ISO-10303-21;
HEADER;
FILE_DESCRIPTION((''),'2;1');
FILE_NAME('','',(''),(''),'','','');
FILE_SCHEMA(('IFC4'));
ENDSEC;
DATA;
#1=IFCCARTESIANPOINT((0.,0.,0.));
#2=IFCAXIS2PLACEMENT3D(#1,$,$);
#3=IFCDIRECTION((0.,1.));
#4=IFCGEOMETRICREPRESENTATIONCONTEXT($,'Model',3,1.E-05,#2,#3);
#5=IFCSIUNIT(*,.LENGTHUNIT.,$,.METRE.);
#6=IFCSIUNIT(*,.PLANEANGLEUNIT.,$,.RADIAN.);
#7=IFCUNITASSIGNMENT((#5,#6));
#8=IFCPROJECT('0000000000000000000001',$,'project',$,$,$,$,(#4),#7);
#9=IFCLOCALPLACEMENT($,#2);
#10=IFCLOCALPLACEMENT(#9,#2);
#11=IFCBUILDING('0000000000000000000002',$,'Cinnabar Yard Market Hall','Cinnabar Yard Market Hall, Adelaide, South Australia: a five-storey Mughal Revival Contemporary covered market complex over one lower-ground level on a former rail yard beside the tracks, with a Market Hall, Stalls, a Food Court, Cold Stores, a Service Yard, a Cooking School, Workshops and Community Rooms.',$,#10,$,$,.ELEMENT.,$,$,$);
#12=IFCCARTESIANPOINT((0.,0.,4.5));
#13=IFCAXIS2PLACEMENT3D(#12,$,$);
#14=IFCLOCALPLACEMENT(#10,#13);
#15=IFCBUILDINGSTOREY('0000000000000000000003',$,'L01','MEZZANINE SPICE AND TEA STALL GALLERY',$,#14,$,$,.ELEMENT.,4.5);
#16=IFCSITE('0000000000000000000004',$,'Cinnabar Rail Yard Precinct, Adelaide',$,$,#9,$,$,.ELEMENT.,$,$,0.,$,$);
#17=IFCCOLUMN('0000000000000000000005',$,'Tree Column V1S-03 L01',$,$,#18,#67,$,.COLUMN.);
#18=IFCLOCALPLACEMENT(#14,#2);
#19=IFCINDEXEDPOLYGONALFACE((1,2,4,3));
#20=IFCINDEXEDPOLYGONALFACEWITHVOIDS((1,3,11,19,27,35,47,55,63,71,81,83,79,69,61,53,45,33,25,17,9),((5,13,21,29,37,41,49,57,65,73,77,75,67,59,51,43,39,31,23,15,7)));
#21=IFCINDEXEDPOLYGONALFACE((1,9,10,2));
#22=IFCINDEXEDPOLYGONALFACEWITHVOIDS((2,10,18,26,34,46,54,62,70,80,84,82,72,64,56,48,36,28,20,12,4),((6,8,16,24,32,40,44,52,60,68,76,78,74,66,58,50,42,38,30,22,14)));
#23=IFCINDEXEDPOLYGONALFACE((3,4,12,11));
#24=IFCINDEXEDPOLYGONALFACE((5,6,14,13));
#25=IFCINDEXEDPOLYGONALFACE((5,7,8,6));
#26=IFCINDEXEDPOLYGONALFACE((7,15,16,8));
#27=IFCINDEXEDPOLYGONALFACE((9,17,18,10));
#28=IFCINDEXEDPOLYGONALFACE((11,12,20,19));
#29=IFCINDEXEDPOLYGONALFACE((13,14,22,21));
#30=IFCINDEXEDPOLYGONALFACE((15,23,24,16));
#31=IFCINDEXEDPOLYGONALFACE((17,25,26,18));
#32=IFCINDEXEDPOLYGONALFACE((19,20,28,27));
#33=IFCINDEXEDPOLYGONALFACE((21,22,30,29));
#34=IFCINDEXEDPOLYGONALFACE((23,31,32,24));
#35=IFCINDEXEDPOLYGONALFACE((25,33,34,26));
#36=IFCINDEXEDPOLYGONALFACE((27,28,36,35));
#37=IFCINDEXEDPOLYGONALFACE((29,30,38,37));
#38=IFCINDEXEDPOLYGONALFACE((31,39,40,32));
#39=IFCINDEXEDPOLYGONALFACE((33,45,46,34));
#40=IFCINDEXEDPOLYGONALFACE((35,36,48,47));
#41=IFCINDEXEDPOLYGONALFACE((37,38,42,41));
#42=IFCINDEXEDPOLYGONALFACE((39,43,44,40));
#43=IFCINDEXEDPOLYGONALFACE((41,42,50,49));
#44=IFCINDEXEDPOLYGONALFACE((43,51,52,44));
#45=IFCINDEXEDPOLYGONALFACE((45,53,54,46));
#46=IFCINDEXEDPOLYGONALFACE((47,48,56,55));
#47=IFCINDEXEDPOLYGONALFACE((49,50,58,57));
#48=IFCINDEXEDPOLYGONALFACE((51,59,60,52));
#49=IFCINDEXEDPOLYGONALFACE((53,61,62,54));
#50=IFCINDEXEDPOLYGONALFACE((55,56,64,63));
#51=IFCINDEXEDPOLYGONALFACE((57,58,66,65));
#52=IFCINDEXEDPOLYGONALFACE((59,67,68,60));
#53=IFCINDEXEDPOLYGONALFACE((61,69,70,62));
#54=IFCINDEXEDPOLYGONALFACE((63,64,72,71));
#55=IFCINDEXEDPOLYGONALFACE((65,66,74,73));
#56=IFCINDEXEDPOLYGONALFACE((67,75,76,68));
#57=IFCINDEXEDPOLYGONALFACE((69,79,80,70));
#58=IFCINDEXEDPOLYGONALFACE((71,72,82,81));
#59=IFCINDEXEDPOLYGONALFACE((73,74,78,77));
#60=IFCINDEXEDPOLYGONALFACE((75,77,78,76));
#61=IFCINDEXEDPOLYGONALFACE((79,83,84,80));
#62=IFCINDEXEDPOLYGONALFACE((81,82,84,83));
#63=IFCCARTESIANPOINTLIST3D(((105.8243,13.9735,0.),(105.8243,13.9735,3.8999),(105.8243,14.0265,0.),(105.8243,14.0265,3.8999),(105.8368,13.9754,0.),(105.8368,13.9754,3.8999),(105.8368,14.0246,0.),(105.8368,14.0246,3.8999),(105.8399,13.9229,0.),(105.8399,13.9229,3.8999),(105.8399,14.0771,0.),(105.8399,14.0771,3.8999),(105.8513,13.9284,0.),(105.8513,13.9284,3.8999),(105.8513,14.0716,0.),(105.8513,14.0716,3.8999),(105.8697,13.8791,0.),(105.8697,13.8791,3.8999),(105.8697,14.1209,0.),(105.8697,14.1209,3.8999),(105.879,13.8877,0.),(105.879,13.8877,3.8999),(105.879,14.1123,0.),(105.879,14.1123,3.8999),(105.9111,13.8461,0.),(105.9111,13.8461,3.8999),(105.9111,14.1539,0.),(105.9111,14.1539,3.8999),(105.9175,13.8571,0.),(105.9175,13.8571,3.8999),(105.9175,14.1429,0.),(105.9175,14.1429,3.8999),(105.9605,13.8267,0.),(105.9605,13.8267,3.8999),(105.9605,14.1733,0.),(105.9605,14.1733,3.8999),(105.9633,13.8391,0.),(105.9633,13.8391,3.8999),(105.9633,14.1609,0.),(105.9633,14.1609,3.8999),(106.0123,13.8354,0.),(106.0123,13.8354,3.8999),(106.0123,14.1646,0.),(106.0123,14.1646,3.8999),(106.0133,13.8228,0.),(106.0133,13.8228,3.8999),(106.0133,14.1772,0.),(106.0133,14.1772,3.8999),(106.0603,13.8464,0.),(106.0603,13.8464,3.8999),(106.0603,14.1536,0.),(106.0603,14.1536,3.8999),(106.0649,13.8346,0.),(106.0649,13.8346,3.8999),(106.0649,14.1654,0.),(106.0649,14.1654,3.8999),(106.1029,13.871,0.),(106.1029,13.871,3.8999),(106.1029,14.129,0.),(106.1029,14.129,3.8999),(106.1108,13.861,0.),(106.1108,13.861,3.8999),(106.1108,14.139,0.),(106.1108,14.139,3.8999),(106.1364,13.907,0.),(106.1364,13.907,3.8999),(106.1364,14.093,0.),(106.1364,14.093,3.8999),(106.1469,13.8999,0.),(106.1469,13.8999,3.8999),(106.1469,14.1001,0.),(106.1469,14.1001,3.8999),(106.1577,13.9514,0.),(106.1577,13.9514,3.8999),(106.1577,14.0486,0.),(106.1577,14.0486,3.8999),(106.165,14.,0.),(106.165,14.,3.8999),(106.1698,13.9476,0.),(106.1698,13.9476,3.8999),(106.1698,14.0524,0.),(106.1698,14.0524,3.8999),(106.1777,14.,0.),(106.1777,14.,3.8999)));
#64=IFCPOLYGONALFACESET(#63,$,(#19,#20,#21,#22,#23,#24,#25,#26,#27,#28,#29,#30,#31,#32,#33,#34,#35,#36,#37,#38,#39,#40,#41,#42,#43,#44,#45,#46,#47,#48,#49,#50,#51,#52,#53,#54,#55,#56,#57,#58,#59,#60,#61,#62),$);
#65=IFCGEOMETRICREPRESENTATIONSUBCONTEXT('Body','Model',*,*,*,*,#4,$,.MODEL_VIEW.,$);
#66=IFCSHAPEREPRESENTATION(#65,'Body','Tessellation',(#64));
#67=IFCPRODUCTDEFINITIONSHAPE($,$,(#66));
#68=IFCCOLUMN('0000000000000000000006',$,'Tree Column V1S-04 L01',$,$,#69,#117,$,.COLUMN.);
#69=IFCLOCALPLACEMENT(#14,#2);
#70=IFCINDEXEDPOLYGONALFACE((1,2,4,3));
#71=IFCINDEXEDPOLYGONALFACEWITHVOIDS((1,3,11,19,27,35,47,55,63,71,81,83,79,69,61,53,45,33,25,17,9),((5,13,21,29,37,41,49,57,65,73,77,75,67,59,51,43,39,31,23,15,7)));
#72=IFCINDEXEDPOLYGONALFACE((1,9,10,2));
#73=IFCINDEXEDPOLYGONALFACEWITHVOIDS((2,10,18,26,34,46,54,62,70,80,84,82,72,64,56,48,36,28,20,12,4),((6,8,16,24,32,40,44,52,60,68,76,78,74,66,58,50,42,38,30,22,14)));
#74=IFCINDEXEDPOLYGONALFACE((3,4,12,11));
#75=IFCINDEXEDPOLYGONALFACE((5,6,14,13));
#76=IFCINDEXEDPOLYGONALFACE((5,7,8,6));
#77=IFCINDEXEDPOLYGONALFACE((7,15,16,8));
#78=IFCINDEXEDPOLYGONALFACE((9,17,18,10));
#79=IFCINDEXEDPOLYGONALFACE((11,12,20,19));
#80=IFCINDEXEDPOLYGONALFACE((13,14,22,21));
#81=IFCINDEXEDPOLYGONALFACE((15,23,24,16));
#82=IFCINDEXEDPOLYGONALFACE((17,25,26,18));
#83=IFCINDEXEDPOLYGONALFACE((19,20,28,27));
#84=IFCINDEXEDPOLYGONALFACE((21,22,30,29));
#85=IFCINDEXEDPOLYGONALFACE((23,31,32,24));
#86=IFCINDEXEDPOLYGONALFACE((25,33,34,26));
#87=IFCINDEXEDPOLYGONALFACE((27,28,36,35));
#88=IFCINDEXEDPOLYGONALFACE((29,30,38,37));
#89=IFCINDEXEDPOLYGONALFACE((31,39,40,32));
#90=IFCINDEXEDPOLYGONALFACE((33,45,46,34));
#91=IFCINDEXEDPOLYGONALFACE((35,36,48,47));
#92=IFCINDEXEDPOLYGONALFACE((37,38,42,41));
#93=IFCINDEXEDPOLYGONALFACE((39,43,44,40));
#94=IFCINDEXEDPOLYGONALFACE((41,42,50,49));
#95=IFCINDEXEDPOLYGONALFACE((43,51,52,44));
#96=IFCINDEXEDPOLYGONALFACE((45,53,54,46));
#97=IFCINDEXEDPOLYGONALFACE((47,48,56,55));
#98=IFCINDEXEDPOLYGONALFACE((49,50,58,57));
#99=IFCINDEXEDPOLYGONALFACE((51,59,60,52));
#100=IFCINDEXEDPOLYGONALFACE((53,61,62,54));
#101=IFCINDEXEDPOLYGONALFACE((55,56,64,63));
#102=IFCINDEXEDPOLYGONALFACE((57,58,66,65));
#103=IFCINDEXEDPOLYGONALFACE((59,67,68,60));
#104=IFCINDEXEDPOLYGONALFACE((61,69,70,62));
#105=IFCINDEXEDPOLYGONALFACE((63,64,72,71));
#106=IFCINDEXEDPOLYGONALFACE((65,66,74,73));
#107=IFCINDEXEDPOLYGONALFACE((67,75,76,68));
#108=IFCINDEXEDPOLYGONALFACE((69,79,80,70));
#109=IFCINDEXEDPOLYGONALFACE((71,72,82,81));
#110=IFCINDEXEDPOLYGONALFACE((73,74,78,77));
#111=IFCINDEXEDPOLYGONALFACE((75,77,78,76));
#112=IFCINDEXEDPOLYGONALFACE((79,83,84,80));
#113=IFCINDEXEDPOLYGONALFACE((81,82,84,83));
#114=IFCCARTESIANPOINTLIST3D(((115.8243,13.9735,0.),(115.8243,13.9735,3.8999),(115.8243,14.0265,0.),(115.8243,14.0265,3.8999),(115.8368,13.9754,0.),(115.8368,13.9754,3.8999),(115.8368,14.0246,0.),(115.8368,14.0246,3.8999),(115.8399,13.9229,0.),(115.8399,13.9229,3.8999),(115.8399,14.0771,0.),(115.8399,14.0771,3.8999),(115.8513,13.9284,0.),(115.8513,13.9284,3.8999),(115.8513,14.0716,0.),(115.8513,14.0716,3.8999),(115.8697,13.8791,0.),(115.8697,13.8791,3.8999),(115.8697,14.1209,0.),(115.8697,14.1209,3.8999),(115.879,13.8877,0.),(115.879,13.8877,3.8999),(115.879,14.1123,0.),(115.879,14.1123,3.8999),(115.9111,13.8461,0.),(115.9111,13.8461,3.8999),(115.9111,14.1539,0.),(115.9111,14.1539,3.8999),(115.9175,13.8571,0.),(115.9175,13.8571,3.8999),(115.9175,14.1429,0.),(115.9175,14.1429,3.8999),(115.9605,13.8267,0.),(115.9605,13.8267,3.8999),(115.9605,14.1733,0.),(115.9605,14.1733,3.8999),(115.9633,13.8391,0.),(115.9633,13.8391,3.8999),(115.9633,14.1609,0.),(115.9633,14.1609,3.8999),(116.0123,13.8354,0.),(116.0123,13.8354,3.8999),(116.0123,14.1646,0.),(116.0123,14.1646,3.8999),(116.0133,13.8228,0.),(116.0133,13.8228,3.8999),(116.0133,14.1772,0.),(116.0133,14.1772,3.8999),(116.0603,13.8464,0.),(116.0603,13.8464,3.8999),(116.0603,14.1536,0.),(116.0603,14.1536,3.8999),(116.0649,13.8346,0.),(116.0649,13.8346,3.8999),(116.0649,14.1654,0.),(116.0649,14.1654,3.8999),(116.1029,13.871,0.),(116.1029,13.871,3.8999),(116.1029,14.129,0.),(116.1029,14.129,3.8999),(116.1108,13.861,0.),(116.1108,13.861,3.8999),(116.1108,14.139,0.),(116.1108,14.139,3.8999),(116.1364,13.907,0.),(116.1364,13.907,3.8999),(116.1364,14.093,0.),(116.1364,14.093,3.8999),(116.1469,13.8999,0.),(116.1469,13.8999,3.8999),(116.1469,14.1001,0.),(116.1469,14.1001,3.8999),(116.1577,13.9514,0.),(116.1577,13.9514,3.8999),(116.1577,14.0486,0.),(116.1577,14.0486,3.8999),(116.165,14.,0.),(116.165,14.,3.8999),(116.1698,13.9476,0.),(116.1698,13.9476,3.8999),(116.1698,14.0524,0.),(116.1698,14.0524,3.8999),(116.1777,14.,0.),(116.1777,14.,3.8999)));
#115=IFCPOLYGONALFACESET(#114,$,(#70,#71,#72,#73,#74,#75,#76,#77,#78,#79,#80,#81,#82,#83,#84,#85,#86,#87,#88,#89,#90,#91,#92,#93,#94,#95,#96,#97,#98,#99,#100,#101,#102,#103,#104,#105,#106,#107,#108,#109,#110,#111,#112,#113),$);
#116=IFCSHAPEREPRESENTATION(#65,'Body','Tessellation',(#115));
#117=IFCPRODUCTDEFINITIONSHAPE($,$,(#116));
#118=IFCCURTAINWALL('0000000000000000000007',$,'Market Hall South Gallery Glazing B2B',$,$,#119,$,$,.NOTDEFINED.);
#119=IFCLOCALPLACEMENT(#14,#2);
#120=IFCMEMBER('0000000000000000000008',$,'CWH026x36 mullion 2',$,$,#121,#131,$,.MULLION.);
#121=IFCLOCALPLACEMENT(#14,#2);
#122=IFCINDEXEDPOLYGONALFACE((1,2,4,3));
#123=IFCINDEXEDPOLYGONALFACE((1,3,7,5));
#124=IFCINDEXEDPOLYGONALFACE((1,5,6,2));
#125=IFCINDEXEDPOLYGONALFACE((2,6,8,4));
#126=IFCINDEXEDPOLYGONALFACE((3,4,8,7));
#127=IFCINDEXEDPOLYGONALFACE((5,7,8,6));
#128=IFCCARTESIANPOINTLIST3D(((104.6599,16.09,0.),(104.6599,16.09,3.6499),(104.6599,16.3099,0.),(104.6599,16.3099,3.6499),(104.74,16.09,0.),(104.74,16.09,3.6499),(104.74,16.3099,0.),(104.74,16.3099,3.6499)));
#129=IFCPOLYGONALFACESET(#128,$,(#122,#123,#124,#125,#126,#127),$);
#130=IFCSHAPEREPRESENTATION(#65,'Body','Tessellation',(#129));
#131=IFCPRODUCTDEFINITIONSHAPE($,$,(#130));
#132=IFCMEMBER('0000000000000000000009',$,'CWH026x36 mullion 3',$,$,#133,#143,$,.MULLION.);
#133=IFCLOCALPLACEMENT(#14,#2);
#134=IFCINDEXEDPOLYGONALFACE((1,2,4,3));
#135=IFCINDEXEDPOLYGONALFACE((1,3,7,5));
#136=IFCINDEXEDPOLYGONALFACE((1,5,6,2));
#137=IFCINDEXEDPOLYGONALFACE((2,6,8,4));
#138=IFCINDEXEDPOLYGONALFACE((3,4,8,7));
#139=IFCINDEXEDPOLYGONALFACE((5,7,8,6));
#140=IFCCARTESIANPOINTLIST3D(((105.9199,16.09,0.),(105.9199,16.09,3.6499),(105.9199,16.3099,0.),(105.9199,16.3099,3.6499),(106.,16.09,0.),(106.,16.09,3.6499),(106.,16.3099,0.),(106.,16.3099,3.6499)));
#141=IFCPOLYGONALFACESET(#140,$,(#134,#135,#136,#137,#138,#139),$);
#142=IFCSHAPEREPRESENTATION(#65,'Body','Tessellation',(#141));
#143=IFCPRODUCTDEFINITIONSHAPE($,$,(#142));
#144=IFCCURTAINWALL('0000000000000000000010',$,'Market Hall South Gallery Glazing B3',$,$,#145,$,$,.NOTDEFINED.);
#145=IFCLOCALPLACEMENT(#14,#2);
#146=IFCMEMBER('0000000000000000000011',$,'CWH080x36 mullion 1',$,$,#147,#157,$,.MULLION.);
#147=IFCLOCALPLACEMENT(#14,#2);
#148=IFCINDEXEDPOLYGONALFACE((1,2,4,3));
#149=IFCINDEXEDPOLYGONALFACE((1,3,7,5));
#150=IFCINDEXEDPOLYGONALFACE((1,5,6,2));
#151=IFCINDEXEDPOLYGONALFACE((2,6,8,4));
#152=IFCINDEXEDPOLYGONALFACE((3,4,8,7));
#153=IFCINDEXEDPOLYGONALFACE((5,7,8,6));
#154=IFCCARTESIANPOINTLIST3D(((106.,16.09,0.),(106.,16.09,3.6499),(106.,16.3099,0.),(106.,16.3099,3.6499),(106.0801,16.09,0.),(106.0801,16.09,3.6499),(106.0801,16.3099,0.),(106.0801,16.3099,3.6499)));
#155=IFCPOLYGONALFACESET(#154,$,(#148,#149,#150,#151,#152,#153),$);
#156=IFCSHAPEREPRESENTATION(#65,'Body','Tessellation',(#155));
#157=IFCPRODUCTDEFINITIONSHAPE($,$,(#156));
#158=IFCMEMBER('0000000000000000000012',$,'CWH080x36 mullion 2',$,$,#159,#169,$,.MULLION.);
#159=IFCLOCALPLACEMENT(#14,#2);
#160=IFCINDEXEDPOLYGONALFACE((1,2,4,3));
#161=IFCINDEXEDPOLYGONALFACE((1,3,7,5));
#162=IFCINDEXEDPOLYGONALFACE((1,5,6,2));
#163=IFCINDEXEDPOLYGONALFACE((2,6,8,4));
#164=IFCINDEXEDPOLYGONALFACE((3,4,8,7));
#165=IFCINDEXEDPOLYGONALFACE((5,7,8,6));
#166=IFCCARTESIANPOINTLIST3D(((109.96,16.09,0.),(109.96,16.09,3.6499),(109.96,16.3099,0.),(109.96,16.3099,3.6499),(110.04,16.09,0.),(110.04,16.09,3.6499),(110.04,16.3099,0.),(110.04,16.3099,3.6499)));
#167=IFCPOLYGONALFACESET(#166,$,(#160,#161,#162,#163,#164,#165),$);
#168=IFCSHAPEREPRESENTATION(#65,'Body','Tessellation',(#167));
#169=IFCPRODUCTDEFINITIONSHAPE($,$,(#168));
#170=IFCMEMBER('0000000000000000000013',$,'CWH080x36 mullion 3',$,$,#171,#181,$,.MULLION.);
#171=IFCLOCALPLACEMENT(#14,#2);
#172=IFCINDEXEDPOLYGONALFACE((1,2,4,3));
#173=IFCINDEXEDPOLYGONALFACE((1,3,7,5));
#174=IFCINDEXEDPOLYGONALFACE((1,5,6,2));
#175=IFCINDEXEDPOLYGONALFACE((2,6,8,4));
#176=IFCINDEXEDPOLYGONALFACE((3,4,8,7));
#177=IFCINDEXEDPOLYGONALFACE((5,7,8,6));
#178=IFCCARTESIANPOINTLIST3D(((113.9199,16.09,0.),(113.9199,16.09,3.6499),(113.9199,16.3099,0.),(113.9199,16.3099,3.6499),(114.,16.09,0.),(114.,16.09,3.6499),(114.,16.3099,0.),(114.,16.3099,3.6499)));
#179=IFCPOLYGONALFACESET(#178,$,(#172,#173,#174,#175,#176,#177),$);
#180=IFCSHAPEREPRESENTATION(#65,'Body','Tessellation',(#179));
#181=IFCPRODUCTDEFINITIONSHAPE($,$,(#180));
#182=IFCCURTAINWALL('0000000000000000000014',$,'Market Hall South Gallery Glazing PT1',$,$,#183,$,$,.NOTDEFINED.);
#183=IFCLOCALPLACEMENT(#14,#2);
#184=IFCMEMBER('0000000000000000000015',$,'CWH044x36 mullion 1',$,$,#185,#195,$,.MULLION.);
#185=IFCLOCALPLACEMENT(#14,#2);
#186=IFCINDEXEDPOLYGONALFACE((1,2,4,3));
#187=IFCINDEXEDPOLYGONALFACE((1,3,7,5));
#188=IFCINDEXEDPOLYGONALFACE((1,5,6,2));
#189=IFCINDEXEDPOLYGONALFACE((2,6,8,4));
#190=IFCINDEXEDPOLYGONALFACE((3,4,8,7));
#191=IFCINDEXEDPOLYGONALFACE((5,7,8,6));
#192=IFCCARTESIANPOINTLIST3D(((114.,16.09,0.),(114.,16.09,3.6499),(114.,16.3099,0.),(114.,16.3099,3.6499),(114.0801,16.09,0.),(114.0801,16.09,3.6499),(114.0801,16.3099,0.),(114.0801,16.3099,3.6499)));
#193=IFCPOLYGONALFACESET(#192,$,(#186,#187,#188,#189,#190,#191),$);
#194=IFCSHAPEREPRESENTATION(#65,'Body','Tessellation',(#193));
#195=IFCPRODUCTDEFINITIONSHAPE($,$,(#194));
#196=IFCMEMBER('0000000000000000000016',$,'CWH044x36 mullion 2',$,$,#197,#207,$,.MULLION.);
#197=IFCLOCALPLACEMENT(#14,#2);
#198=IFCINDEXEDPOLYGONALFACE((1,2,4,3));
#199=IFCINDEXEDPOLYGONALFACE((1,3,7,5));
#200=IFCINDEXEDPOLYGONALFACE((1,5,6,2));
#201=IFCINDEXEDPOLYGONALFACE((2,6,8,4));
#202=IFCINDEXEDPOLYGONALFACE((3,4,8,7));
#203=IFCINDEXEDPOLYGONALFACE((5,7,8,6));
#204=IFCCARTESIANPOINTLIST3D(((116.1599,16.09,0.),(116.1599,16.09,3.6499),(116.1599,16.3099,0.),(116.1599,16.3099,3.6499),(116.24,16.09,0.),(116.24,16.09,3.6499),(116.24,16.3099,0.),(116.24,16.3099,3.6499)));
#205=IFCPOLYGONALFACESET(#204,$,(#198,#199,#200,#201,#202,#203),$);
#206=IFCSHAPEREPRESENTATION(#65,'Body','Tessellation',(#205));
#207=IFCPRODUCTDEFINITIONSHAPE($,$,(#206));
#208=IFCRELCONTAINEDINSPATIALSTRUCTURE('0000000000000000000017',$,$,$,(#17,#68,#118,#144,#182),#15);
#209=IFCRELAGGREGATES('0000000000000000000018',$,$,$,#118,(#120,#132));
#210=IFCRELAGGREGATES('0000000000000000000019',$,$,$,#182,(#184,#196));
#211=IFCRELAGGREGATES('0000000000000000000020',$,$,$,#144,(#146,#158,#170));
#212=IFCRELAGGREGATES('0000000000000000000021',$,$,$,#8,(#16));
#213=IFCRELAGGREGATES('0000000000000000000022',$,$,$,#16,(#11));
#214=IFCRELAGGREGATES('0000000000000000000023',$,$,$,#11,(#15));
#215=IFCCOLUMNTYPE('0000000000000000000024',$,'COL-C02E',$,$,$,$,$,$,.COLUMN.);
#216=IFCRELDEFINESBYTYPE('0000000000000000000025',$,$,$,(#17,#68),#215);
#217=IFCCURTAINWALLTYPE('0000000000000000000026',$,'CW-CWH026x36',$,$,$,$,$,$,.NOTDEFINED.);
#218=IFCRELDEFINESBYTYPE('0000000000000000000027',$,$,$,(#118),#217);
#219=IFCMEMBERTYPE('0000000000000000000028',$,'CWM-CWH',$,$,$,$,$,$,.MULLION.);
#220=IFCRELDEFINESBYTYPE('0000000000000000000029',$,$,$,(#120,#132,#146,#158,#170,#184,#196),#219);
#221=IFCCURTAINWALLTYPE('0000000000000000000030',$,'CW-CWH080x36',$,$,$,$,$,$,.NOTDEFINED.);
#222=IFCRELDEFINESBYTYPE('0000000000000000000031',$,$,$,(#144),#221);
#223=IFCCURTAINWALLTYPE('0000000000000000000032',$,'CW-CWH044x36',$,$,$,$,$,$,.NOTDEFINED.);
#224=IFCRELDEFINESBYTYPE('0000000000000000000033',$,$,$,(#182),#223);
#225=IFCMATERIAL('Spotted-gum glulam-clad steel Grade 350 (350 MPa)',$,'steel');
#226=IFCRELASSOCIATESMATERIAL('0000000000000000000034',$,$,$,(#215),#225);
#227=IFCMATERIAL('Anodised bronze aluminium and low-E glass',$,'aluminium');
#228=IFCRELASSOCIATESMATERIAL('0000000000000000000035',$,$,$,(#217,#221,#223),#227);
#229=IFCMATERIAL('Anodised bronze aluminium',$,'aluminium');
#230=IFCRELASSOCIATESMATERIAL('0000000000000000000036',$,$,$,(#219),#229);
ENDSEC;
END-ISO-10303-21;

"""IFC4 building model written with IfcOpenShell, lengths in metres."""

from ifc_helpers import new_model, si_unit, direction, frame, origin, origin_2d_with_axis, place, context, subcontext, project, spatial, rectangle, hollow_circle, extrude, material, material_profile, profile_set, type_object, element, aggregate, save


model = new_model("IFC4")

# Units and contexts
model_context = context("Model", 3, precision=1e-05, world=origin(), true_north=direction((0.0, 1.0)))
body_context = subcontext(model_context, "Body", "Model", "MODEL_VIEW")
ifc_project = project(units=[si_unit("LENGTHUNIT", "METRE"), si_unit("PLANEANGLEUNIT", "RADIAN")], contexts=[model_context])

# Site, building, storey
site_placement = place(None, origin())
site = spatial("IfcSite", under=ifc_project, at=site_placement, Name="Cinnabar Rail Yard Precinct, Adelaide", CompositionType="ELEMENT", RefElevation=0.0)
building_placement = place(site_placement, origin())
building = spatial("IfcBuilding", under=site, at=building_placement, Name="Cinnabar Yard Market Hall", Description="Cinnabar Yard Market Hall, Adelaide, South Australia: a five-storey Mughal Revival Contemporary covered market complex over one lower-ground level on a former rail yard beside the tracks, with a Market Hall, Stalls, a Food Court, Cold Stores, a Service Yard, a Cooking School, Workshops and Community Rooms.", CompositionType="ELEMENT")
storey_placement = place(building_placement, frame((0.0, 0.0, 4.5)))
storey = spatial("IfcBuildingStorey", under=building, at=storey_placement, Name="L01", Description="MEZZANINE SPICE AND TEA STALL GALLERY", CompositionType="ELEMENT", Elevation=4.5)

# Columns
ifc_material_1 = material(Name="Spotted-gum glulam-clad steel Grade 350 (350 MPa)", Category="steel")
ifc_material_profile_1 = material_profile(ifc_material_1, hollow_circle(Radius=0.1777, WallThickness=0.0127, at=origin_2d_with_axis()), Name="355.6x12.7CHS")
ifc_profile_set_1 = profile_set([ifc_material_profile_1], Name="Spotted-gum glulam-clad steel Grade 350 (350 MPa)")
column_type = type_object("IfcColumnType", Name="COL-C02E", PredefinedType="COLUMN", material=ifc_profile_set_1)
for number, where, z_axis, x_axis, name in (
    (1, (106.0, 14.0, 0.0), (0.0, 0.0, 1.0), (1.0, 0.0, 0.0), "Tree Column V1S-03 L01"),
    (2, (116.0, 14.0, 0.0), (0.0, 0.0, 1.0), (1.0, 0.0, 0.0), "Tree Column V1S-04 L01"),
):
    element("IfcColumn", number, at=place(storey_placement, frame(where, z_axis=z_axis, x_axis=x_axis)), inside=storey, type_object=column_type, Name=name, PredefinedType="COLUMN", context=body_context, shape_type="SweptSolid", body=[
        extrude(hollow_circle(Radius=0.1777, WallThickness=0.0127, at=origin_2d_with_axis()), origin(), (0.0, 0.0, 1.0), 3.8999),
    ])

# Curtain walls, members
ifc_material_2 = material(Name="Anodised bronze aluminium and low-E glass", Category="aluminium")
curtain_wall_type_1 = type_object("IfcCurtainWallType", Name="CW-CWH026x36", PredefinedType="NOTDEFINED", material=ifc_material_2)
curtain_wall_1_placement = place(storey_placement, origin())
curtain_wall_1 = element("IfcCurtainWall", 3, at=curtain_wall_1_placement, inside=storey, type_object=curtain_wall_type_1, Name="Market Hall South Gallery Glazing B2B", PredefinedType="NOTDEFINED")
ifc_material_3 = material(Name="Anodised bronze aluminium", Category="aluminium")
ifc_material_profile_2 = material_profile(ifc_material_3, rectangle(XDim=0.22, YDim=0.0801, at=origin_2d_with_axis()), Name="MUL-CWH")
ifc_profile_set_2 = profile_set([ifc_material_profile_2], Name="Anodised bronze aluminium")
member_type_1 = type_object("IfcMemberType", Name="CWM-CWH", PredefinedType="MULLION", material=ifc_profile_set_2)
member_1_placement = place(storey_placement, frame((104.7, 16.2, 0.0), z_axis=(0.0, 0.0, 1.0), x_axis=(0.0, 1.0, 0.0)))
member_1 = element("IfcMember", 4, at=member_1_placement, type_object=member_type_1, Name="CWH026x36 mullion 2", PredefinedType="MULLION", context=body_context, shape_type="SweptSolid", body=[
    extrude(rectangle(XDim=0.22, YDim=0.0801, at=origin_2d_with_axis()), origin(), (0.0, 0.0, 1.0), 3.6499),
])
member_2_placement = place(storey_placement, frame((105.96, 16.2, 0.0), z_axis=(0.0, 0.0, 1.0), x_axis=(0.0, 1.0, 0.0)))
member_2 = element("IfcMember", 5, at=member_2_placement, type_object=member_type_1, Name="CWH026x36 mullion 3", PredefinedType="MULLION", context=body_context, shape_type="SweptSolid", body=[
    extrude(rectangle(XDim=0.22, YDim=0.0801, at=origin_2d_with_axis()), origin(), (0.0, 0.0, 1.0), 3.6499),
])
curtain_wall_type_2 = type_object("IfcCurtainWallType", Name="CW-CWH080x36", PredefinedType="NOTDEFINED", material=ifc_material_2)
curtain_wall_2_placement = place(storey_placement, origin())
curtain_wall_2 = element("IfcCurtainWall", 6, at=curtain_wall_2_placement, inside=storey, type_object=curtain_wall_type_2, Name="Market Hall South Gallery Glazing B3", PredefinedType="NOTDEFINED")
member_3_placement = place(storey_placement, frame((106.04, 16.2, 0.0), z_axis=(0.0, 0.0, 1.0), x_axis=(0.0, 1.0, 0.0)))
member_3 = element("IfcMember", 7, at=member_3_placement, type_object=member_type_1, Name="CWH080x36 mullion 1", PredefinedType="MULLION", context=body_context, shape_type="SweptSolid", body=[
    extrude(rectangle(XDim=0.22, YDim=0.0801, at=origin_2d_with_axis()), origin(), (0.0, 0.0, 1.0), 3.6499),
])
member_4_placement = place(storey_placement, frame((110.0, 16.2, 0.0), z_axis=(0.0, 0.0, 1.0), x_axis=(0.0, 1.0, 0.0)))
member_4 = element("IfcMember", 8, at=member_4_placement, type_object=member_type_1, Name="CWH080x36 mullion 2", PredefinedType="MULLION", context=body_context, shape_type="SweptSolid", body=[
    extrude(rectangle(XDim=0.22, YDim=0.0801, at=origin_2d_with_axis()), origin(), (0.0, 0.0, 1.0), 3.6499),
])
member_5_placement = place(storey_placement, frame((113.96, 16.2, 0.0), z_axis=(0.0, 0.0, 1.0), x_axis=(0.0, 1.0, 0.0)))
member_5 = element("IfcMember", 9, at=member_5_placement, type_object=member_type_1, Name="CWH080x36 mullion 3", PredefinedType="MULLION", context=body_context, shape_type="SweptSolid", body=[
    extrude(rectangle(XDim=0.22, YDim=0.0801, at=origin_2d_with_axis()), origin(), (0.0, 0.0, 1.0), 3.6499),
])
curtain_wall_type_3 = type_object("IfcCurtainWallType", Name="CW-CWH044x36", PredefinedType="NOTDEFINED", material=ifc_material_2)
curtain_wall_3_placement = place(storey_placement, origin())
curtain_wall_3 = element("IfcCurtainWall", 10, at=curtain_wall_3_placement, inside=storey, type_object=curtain_wall_type_3, Name="Market Hall South Gallery Glazing PT1", PredefinedType="NOTDEFINED")
member_6_placement = place(storey_placement, frame((114.04, 16.2, 0.0), z_axis=(0.0, 0.0, 1.0), x_axis=(0.0, 1.0, 0.0)))
member_6 = element("IfcMember", 11, at=member_6_placement, type_object=member_type_1, Name="CWH044x36 mullion 1", PredefinedType="MULLION", context=body_context, shape_type="SweptSolid", body=[
    extrude(rectangle(XDim=0.22, YDim=0.0801, at=origin_2d_with_axis()), origin(), (0.0, 0.0, 1.0), 3.6499),
])
member_7_placement = place(storey_placement, frame((116.2, 16.2, 0.0), z_axis=(0.0, 0.0, 1.0), x_axis=(0.0, 1.0, 0.0)))
member_7 = element("IfcMember", 12, at=member_7_placement, type_object=member_type_1, Name="CWH044x36 mullion 2", PredefinedType="MULLION", context=body_context, shape_type="SweptSolid", body=[
    extrude(rectangle(XDim=0.22, YDim=0.0801, at=origin_2d_with_axis()), origin(), (0.0, 0.0, 1.0), 3.6499),
])

aggregate(curtain_wall_1, [member_1, member_2])
aggregate(curtain_wall_3, [member_6, member_7])
aggregate(curtain_wall_2, [member_3, member_4, member_5])

save(model, "model.ifc")
